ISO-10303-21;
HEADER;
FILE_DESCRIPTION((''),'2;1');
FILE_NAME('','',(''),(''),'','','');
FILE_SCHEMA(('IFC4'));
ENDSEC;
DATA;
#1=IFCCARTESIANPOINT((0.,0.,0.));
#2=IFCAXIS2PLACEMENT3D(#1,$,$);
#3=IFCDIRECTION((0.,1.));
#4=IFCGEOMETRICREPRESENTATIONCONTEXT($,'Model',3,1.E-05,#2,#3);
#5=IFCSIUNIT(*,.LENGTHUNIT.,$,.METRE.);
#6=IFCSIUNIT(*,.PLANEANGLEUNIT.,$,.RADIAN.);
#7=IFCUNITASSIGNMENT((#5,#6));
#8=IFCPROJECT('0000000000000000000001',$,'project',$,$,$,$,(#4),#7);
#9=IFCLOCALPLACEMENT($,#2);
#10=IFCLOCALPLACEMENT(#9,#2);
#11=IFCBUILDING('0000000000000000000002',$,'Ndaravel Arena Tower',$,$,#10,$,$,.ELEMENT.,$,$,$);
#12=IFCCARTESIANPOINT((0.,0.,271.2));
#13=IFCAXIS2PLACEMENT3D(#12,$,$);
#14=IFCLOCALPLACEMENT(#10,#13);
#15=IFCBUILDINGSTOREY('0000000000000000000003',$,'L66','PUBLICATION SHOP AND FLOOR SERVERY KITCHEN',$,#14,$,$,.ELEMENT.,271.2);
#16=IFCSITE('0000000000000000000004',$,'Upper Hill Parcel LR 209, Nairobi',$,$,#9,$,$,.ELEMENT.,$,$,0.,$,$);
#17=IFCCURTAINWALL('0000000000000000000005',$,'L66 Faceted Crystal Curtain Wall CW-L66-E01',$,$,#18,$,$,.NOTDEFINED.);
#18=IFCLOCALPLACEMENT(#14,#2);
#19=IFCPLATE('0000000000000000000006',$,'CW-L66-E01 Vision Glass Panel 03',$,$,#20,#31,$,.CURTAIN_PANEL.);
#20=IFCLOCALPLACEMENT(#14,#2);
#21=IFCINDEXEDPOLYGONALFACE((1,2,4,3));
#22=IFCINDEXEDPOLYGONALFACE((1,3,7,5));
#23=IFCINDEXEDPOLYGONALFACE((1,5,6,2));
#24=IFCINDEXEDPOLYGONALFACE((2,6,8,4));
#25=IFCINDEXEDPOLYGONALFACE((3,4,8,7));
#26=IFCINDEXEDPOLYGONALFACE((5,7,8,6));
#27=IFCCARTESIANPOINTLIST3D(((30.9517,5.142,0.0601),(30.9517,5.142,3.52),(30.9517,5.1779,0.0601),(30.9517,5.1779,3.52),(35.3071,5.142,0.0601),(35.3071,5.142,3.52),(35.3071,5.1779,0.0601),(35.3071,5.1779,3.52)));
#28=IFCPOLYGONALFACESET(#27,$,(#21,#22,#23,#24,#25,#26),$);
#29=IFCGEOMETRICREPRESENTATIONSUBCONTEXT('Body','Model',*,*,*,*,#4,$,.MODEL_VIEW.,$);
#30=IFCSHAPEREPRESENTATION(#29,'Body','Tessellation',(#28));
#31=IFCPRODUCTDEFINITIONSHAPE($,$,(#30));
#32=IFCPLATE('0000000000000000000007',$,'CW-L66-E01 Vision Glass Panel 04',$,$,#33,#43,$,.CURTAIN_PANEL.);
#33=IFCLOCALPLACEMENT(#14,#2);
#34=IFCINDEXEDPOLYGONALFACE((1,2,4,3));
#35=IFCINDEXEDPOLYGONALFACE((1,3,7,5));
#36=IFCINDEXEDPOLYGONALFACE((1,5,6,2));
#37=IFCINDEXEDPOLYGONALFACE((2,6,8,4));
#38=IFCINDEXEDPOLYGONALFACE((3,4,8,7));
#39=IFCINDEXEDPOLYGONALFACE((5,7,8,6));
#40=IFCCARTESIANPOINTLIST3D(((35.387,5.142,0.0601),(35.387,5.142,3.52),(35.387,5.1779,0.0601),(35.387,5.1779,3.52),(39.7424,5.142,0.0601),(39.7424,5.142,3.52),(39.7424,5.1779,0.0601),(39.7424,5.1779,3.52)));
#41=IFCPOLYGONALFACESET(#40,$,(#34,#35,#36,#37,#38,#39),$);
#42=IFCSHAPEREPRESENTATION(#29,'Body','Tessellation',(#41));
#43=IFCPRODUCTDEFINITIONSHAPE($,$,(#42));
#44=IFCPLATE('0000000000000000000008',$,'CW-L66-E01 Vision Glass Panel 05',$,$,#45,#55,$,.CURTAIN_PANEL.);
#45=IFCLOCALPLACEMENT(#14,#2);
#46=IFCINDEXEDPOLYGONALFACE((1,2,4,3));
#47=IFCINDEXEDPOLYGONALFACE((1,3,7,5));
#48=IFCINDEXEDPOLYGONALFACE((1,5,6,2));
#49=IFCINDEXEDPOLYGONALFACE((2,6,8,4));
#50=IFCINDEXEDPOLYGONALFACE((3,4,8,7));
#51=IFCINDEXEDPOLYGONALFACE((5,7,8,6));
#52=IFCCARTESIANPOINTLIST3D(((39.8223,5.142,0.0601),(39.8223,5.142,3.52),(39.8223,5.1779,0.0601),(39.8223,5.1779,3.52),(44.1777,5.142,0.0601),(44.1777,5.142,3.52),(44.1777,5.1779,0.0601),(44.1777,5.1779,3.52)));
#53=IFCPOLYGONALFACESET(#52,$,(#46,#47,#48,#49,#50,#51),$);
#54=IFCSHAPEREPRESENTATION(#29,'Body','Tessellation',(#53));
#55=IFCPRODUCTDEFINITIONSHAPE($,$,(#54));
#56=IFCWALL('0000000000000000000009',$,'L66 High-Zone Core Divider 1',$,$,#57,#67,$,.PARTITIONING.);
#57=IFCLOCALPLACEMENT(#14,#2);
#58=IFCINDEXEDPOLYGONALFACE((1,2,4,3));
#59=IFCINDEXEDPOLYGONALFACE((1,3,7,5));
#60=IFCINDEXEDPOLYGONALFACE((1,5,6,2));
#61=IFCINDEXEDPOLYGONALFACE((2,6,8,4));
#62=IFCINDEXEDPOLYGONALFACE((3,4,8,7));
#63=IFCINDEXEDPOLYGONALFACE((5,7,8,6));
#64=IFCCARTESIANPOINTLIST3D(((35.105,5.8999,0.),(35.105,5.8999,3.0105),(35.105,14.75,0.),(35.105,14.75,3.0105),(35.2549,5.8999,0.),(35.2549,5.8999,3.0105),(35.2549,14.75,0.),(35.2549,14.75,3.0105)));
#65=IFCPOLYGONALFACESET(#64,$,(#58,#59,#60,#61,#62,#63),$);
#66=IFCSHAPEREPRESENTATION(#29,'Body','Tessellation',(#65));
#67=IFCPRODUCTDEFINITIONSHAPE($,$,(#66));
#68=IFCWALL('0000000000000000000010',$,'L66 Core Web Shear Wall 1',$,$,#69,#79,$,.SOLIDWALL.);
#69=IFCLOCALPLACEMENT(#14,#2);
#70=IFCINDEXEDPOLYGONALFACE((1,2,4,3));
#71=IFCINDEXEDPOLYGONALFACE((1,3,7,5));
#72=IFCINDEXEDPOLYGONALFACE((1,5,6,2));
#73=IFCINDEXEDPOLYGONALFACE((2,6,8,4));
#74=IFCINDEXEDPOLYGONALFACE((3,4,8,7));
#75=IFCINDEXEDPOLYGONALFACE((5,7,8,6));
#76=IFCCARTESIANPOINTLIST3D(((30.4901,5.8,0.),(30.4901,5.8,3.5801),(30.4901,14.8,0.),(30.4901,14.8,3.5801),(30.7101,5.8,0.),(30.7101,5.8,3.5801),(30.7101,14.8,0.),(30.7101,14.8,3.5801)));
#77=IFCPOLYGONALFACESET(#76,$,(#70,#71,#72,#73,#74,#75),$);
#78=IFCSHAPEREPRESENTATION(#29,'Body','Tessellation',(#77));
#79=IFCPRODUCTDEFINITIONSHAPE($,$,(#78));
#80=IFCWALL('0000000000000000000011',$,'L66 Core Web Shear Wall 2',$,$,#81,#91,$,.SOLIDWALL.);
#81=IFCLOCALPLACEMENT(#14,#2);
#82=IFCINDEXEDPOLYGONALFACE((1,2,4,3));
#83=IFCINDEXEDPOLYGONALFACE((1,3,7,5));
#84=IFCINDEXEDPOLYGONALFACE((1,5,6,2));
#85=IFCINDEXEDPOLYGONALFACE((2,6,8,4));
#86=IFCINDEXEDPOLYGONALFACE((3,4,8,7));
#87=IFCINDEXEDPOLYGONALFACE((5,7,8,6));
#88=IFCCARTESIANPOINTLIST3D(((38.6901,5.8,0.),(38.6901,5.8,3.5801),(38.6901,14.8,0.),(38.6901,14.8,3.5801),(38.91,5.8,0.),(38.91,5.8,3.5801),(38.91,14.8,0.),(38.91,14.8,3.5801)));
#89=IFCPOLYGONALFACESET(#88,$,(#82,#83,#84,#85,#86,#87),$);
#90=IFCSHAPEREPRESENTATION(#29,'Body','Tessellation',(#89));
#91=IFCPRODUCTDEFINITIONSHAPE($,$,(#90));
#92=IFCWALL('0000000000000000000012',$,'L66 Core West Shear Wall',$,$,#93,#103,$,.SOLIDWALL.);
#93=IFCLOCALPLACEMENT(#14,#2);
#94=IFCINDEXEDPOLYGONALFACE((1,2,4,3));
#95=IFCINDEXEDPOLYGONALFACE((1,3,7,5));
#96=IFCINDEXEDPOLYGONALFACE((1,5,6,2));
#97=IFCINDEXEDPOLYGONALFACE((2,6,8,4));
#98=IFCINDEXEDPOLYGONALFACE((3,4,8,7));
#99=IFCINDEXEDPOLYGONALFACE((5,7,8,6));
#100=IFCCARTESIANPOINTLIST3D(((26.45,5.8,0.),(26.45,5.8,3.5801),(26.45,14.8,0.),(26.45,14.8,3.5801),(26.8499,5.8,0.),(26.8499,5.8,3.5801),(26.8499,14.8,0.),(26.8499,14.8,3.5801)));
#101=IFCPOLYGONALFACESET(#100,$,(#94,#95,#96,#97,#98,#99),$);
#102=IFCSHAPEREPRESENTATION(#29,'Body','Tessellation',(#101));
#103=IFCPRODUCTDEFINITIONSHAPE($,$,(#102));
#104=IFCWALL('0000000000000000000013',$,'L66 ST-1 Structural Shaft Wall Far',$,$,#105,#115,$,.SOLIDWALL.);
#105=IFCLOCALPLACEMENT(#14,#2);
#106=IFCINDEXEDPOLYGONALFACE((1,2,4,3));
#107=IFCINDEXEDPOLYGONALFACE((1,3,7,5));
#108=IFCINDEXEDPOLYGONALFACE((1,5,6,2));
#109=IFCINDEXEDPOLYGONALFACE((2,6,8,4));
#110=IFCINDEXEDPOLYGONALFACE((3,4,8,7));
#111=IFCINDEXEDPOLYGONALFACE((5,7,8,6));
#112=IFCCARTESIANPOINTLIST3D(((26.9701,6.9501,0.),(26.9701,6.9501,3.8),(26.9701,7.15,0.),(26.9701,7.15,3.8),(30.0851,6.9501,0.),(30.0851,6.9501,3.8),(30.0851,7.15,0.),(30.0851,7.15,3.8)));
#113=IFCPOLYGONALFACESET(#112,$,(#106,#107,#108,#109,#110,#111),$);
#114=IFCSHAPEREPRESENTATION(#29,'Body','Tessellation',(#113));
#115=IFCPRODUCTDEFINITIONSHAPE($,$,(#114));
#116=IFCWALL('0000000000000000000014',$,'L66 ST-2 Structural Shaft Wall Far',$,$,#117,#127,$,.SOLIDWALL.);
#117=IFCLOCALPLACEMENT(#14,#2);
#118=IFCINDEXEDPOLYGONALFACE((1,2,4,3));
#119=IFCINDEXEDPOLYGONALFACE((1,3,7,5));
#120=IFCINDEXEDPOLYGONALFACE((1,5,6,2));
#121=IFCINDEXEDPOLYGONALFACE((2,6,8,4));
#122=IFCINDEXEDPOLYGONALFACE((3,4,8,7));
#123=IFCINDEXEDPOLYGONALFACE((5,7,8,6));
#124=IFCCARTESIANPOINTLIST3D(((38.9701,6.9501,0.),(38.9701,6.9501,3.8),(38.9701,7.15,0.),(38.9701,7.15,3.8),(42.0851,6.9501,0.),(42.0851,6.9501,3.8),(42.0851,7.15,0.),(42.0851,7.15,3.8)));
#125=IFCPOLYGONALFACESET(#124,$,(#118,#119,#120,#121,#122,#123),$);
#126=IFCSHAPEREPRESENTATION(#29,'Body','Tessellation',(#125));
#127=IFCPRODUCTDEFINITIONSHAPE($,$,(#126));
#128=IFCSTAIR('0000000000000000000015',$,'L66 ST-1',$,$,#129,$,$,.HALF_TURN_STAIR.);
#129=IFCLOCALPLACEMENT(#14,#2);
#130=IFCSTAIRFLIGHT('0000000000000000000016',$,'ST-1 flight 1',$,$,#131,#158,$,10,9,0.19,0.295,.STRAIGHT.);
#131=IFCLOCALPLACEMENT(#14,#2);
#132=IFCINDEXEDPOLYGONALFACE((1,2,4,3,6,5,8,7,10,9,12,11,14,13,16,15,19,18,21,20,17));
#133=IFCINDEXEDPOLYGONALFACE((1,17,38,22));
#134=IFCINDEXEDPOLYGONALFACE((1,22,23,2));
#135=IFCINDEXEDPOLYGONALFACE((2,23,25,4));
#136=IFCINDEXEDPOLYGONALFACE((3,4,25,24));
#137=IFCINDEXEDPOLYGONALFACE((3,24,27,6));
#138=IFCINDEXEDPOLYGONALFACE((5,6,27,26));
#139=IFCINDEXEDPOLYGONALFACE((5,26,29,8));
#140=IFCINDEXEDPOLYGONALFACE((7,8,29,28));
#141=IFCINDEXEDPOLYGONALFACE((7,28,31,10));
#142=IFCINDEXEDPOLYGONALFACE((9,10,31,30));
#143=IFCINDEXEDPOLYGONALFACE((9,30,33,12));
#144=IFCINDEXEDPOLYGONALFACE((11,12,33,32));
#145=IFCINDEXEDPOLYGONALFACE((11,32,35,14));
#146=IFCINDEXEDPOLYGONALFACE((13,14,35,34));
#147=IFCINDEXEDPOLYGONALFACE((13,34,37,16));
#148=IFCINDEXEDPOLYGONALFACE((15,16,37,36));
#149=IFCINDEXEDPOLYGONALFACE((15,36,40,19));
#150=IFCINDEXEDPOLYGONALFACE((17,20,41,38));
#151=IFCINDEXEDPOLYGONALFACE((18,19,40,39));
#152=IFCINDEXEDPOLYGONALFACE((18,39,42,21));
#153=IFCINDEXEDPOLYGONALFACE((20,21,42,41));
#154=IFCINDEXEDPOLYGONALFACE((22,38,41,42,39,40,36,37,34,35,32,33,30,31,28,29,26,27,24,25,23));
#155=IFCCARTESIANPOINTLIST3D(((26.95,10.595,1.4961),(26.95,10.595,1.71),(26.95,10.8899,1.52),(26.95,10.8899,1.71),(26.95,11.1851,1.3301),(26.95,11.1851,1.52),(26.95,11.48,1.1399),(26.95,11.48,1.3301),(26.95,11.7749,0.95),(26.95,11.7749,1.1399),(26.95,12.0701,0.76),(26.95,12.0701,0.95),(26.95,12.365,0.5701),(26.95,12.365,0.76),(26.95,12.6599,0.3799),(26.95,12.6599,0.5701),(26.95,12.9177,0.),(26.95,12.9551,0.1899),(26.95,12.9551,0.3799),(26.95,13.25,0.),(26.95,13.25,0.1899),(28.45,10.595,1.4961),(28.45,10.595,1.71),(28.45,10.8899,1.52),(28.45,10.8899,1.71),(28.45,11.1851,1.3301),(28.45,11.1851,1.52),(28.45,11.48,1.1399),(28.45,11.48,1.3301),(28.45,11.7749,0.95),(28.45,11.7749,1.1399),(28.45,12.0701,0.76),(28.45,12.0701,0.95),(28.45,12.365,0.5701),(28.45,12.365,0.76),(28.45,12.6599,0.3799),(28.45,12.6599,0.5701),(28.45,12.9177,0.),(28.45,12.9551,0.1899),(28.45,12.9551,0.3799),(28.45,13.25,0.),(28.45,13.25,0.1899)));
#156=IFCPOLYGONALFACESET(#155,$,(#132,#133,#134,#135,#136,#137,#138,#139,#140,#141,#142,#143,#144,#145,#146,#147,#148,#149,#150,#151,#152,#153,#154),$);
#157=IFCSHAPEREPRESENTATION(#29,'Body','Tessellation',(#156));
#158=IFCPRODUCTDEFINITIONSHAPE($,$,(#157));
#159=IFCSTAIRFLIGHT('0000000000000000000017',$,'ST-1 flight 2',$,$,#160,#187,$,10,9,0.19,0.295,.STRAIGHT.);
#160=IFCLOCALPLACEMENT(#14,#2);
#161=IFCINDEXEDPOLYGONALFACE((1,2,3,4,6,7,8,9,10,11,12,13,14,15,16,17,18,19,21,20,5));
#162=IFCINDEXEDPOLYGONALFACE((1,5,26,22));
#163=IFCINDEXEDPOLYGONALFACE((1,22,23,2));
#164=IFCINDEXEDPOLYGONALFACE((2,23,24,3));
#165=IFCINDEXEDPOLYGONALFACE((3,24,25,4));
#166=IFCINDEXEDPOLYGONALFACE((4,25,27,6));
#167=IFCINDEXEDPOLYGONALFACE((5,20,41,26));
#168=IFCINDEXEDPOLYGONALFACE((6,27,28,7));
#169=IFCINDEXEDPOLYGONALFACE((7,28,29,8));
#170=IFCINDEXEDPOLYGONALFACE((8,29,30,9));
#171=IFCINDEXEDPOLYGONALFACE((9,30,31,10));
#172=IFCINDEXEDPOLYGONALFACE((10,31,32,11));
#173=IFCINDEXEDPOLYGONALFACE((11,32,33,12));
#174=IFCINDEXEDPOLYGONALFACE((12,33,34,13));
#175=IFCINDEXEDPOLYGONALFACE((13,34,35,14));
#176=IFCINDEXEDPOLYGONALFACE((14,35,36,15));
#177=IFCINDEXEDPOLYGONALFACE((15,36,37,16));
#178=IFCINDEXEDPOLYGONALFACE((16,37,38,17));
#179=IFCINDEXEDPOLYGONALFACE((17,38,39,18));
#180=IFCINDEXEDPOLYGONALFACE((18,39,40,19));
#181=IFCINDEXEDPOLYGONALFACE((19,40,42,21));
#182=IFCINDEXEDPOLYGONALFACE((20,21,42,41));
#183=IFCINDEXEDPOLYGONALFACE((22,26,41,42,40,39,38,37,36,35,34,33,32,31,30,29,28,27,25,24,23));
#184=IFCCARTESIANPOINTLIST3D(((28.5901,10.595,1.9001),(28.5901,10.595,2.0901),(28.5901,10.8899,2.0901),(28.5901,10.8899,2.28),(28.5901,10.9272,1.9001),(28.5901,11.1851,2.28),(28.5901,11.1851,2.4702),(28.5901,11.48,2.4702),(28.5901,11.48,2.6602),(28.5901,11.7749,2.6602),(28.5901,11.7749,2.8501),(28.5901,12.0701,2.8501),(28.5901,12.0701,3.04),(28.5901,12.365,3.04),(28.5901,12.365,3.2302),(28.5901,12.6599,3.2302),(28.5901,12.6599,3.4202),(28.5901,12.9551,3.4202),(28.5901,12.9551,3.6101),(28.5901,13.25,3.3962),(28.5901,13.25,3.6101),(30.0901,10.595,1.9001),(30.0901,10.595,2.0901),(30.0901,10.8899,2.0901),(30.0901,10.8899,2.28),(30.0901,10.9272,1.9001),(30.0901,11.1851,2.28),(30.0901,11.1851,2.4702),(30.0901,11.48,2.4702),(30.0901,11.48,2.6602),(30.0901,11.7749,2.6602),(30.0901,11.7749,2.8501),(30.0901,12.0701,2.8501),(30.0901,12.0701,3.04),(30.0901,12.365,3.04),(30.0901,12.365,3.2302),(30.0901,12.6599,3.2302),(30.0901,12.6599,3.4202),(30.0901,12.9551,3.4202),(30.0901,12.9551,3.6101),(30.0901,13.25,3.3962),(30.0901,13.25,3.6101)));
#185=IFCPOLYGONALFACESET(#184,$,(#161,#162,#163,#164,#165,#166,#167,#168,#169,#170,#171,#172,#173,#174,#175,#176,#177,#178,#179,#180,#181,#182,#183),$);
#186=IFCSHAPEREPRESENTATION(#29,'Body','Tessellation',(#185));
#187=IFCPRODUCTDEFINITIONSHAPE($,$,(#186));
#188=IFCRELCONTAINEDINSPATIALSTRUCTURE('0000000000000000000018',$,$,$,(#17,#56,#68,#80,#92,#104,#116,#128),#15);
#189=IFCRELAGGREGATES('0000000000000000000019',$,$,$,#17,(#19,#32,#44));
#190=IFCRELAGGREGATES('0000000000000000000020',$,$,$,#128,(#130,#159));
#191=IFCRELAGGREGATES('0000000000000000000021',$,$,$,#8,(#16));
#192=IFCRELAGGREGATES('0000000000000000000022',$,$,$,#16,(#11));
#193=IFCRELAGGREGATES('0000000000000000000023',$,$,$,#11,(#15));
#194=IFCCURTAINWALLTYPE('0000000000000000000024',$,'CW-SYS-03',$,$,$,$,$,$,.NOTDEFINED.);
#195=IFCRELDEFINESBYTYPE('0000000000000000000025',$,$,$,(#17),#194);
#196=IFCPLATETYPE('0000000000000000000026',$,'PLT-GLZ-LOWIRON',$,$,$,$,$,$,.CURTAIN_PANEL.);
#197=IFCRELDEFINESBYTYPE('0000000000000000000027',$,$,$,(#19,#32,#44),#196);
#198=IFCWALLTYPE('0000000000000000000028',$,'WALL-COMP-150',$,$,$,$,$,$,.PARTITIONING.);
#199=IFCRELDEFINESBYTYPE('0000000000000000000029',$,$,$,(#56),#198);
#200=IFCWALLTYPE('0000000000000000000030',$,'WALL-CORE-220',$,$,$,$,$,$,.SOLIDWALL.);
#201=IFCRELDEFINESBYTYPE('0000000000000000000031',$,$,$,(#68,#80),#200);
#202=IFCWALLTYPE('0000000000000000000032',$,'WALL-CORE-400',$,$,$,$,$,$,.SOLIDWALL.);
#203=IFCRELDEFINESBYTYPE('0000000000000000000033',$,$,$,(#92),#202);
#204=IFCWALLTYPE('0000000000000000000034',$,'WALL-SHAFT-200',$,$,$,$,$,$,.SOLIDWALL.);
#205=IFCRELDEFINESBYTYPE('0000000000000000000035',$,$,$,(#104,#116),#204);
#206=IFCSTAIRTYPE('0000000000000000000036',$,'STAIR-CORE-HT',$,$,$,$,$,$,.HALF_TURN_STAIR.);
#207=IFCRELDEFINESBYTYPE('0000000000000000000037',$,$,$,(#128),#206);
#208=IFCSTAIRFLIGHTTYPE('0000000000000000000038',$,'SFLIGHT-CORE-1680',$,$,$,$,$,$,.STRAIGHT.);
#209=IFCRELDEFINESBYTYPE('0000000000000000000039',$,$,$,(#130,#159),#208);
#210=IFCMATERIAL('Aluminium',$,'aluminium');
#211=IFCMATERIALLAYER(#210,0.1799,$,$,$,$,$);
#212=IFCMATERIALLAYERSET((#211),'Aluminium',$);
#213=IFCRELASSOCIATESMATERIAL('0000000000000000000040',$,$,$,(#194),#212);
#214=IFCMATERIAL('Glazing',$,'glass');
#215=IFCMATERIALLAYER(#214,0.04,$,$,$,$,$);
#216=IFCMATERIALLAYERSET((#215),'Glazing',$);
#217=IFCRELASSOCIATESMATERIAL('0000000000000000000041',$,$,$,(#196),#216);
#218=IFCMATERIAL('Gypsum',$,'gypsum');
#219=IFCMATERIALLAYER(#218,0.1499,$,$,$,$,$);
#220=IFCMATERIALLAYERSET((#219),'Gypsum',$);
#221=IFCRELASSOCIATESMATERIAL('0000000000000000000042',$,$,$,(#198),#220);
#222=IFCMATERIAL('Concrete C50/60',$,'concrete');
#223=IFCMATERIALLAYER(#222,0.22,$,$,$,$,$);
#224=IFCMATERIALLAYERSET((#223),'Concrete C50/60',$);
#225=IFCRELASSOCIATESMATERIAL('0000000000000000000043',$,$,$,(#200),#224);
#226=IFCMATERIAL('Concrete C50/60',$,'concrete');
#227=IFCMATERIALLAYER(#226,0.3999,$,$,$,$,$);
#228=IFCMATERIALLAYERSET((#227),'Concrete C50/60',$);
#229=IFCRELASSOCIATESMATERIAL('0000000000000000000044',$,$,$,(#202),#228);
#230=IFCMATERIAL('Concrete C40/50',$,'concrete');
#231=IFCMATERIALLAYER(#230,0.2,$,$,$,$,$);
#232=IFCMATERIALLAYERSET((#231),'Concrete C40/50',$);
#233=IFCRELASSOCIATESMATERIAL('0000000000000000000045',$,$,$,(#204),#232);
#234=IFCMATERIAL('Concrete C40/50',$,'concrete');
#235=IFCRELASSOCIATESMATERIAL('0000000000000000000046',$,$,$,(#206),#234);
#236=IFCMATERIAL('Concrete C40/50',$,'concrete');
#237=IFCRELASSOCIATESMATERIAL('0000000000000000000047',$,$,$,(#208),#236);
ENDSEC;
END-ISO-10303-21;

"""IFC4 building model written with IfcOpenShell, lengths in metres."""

from ifc_helpers import new_model, si_unit, direction, frame, frame_2d, origin, origin_2d, place, context, subcontext, project, spatial, polyline, rectangle, outline, extrude, material, layer, layer_set, type_object, element, aggregate, save


model = new_model("IFC4")

# Units and contexts
model_context = context("Model", 3, precision=1e-05, world=origin(), true_north=direction((0.0, 1.0)))
body_context = subcontext(model_context, "Body", "Model", "MODEL_VIEW")
ifc_project = project(units=[si_unit("LENGTHUNIT", "METRE"), si_unit("PLANEANGLEUNIT", "RADIAN")], contexts=[model_context])

# Site, building, storey
site_placement = place(None, origin())
site = spatial("IfcSite", under=ifc_project, at=site_placement, Name="Upper Hill Parcel LR 209, Nairobi", CompositionType="ELEMENT", RefElevation=0.0)
building_placement = place(site_placement, origin())
building = spatial("IfcBuilding", under=site, at=building_placement, Name="Ndaravel Arena Tower", CompositionType="ELEMENT")
storey_placement = place(building_placement, frame((0.0, 0.0, 271.2)))
storey = spatial("IfcBuildingStorey", under=building, at=storey_placement, Name="L66", Description="PUBLICATION SHOP AND FLOOR SERVERY KITCHEN", CompositionType="ELEMENT", Elevation=271.2)

# Curtain wall, plates
ifc_material_1 = material(Name="Aluminium", Category="aluminium")
ifc_layer_1 = layer(ifc_material_1, 0.1799)
ifc_layer_set_1 = layer_set([ifc_layer_1], Name="Aluminium")
curtain_wall_type = type_object("IfcCurtainWallType", Name="CW-SYS-03", PredefinedType="NOTDEFINED", material=ifc_layer_set_1)
curtain_wall_placement = place(storey_placement, origin())
curtain_wall = element("IfcCurtainWall", 1, at=curtain_wall_placement, inside=storey, type_object=curtain_wall_type, Name="L66 Faceted Crystal Curtain Wall CW-L66-E01", PredefinedType="NOTDEFINED")
ifc_material_2 = material(Name="Glazing", Category="glass")
ifc_layer_2 = layer(ifc_material_2, 0.04)
ifc_layer_set_2 = layer_set([ifc_layer_2], Name="Glazing")
plate_type = type_object("IfcPlateType", Name="PLT-GLZ-LOWIRON", PredefinedType="CURTAIN_PANEL", material=ifc_layer_set_2)
plate_1_placement = place(storey_placement, frame((33.1294, 5.1599, 0.0601), z_axis=(0.0, 0.0, 1.0), x_axis=(1.0, 0.0, 0.0)))
plate_1 = element("IfcPlate", 2, at=plate_1_placement, type_object=plate_type, Name="CW-L66-E01 Vision Glass Panel 03", PredefinedType="CURTAIN_PANEL", context=body_context, shape_type="SweptSolid", body=[
    extrude(rectangle(XDim=4.3555, YDim=0.0359, at=origin_2d()), origin(), (0.0, 0.0, 1.0), 3.46),
])
plate_2_placement = place(storey_placement, frame((37.5647, 5.1599, 0.0601), z_axis=(0.0, 0.0, 1.0), x_axis=(1.0, 0.0, 0.0)))
plate_2 = element("IfcPlate", 3, at=plate_2_placement, type_object=plate_type, Name="CW-L66-E01 Vision Glass Panel 04", PredefinedType="CURTAIN_PANEL", context=body_context, shape_type="SweptSolid", body=[
    extrude(rectangle(XDim=4.3555, YDim=0.0359, at=origin_2d()), origin(), (0.0, 0.0, 1.0), 3.46),
])
plate_3_placement = place(storey_placement, frame((42.0, 5.1599, 0.0601), z_axis=(0.0, 0.0, 1.0), x_axis=(1.0, 0.0, 0.0)))
plate_3 = element("IfcPlate", 4, at=plate_3_placement, type_object=plate_type, Name="CW-L66-E01 Vision Glass Panel 05", PredefinedType="CURTAIN_PANEL", context=body_context, shape_type="SweptSolid", body=[
    extrude(rectangle(XDim=4.3555, YDim=0.0359, at=origin_2d()), origin(), (0.0, 0.0, 1.0), 3.46),
])
aggregate(curtain_wall, [plate_1, plate_2, plate_3])

# Walls
ifc_material_3 = material(Name="Gypsum", Category="gypsum")
ifc_layer_3 = layer(ifc_material_3, 0.1499)
ifc_layer_set_3 = layer_set([ifc_layer_3], Name="Gypsum")
wall_type_1 = type_object("IfcWallType", Name="WALL-COMP-150", PredefinedType="PARTITIONING", material=ifc_layer_set_3)
wall_1_placement = place(storey_placement, frame((35.1799, 5.8999, 0.0), z_axis=(0.0, 0.0, 1.0), x_axis=(0.0, 1.0, 0.0)))
element("IfcWall", 5, at=wall_1_placement, inside=storey, type_object=wall_type_1, Name="L66 High-Zone Core Divider 1", PredefinedType="PARTITIONING", context=body_context, shape_type="SweptSolid", body=[
    extrude(rectangle(XDim=8.8501, YDim=0.1499, at=frame_2d((4.425, 0.0))), origin(), (0.0, 0.0, 1.0), 3.0105),
])
ifc_material_4 = material(Name="Concrete C50/60", Category="concrete")
ifc_layer_4 = layer(ifc_material_4, 0.22)
ifc_layer_set_4 = layer_set([ifc_layer_4], Name="Concrete C50/60")
wall_type_2 = type_object("IfcWallType", Name="WALL-CORE-220", PredefinedType="SOLIDWALL", material=ifc_layer_set_4)
for number, where, z_axis, x_axis, name in (
    (6, (30.6001, 5.8, 0.0), (0.0, 0.0, 1.0), (0.0, 1.0, 0.0), "L66 Core Web Shear Wall 1"),
    (7, (38.8, 5.8, 0.0), (0.0, 0.0, 1.0), (0.0, 1.0, 0.0), "L66 Core Web Shear Wall 2"),
):
    element("IfcWall", number, at=place(storey_placement, frame(where, z_axis=z_axis, x_axis=x_axis)), inside=storey, type_object=wall_type_2, Name=name, PredefinedType="SOLIDWALL", context=body_context, shape_type="SweptSolid", body=[
        extrude(rectangle(XDim=9.0, YDim=0.22, at=frame_2d((4.5, 0.0))), origin(), (0.0, 0.0, 1.0), 3.5801),
    ])
ifc_material_5 = material(Name="Concrete C50/60", Category="concrete")
ifc_layer_5 = layer(ifc_material_5, 0.3999)
ifc_layer_set_5 = layer_set([ifc_layer_5], Name="Concrete C50/60")
wall_type_3 = type_object("IfcWallType", Name="WALL-CORE-400", PredefinedType="SOLIDWALL", material=ifc_layer_set_5)
wall_2_placement = place(storey_placement, frame((26.6499, 5.8, 0.0), z_axis=(0.0, 0.0, 1.0), x_axis=(0.0, 1.0, 0.0)))
element("IfcWall", 8, at=wall_2_placement, inside=storey, type_object=wall_type_3, Name="L66 Core West Shear Wall", PredefinedType="SOLIDWALL", context=body_context, shape_type="SweptSolid", body=[
    extrude(rectangle(XDim=9.0, YDim=0.3999, at=frame_2d((4.5, 0.0))), origin(), (0.0, 0.0, 1.0), 3.5801),
])
ifc_material_6 = material(Name="Concrete C40/50", Category="concrete")
ifc_layer_6 = layer(ifc_material_6, 0.2)
ifc_layer_set_6 = layer_set([ifc_layer_6], Name="Concrete C40/50")
wall_type_4 = type_object("IfcWallType", Name="WALL-SHAFT-200", PredefinedType="SOLIDWALL", material=ifc_layer_set_6)
for number, where, z_axis, x_axis, name in (
    (9, (26.97, 7.05, 0.0), (0.0, 0.0, 1.0), (1.0, 0.0, 0.0), "L66 ST-1 Structural Shaft Wall Far"),
    (10, (38.97, 7.05, 0.0), (0.0, 0.0, 1.0), (1.0, 0.0, 0.0), "L66 ST-2 Structural Shaft Wall Far"),
):
    element("IfcWall", number, at=place(storey_placement, frame(where, z_axis=z_axis, x_axis=x_axis)), inside=storey, type_object=wall_type_4, Name=name, PredefinedType="SOLIDWALL", context=body_context, shape_type="SweptSolid", body=[
        extrude(rectangle(XDim=3.115, YDim=0.2, at=frame_2d((1.5576, 0.0))), origin(), (0.0, 0.0, 1.0), 3.8),
    ])

# Stair, stair flights
ifc_material_7 = material(Name="Concrete C40/50", Category="concrete")
stair_type = type_object("IfcStairType", Name="STAIR-CORE-HT", PredefinedType="HALF_TURN_STAIR", material=ifc_material_7)
stair_1_placement = place(storey_placement, origin())
stair_1 = element("IfcStair", 11, at=stair_1_placement, inside=storey, type_object=stair_type, Name="L66 ST-1", PredefinedType="HALF_TURN_STAIR")
ifc_material_8 = material(Name="Concrete C40/50", Category="concrete")
stair_flight_type = type_object("IfcStairFlightType", Name="SFLIGHT-CORE-1680", PredefinedType="STRAIGHT", material=ifc_material_8)
stair_flight_1_placement = place(storey_placement, frame((27.7, 13.25, 0.0), z_axis=(0.0, 0.0, 1.0), x_axis=(0.0, -1.0, 0.0)))
stair_flight_1 = element("IfcStairFlight", 12, at=stair_flight_1_placement, type_object=stair_flight_type, Name="ST-1 flight 1", NumberOfRisers=10, NumberOfTreads=9, PredefinedType="STRAIGHT", RiserHeight=0.19, TreadLength=0.295, context=body_context, shape_type="SweptSolid", body=[
    extrude(outline(polyline([(0.0, 0.0), (0.0, 0.1899), (0.2949, 0.1899), (0.2949, 0.3799), (0.5901, 0.3799), (0.5901, 0.5701), (0.885, 0.5701), (0.885, 0.76), (1.1799, 0.76), (1.1799, 0.95), (1.4751, 0.95), (1.4751, 1.1399), (1.77, 1.1399), (1.77, 1.3301), (2.0649, 1.3301), (2.0649, 1.52), (2.3601, 1.52), (2.3601, 1.71), (2.655, 1.71), (2.655, 1.8999), (2.655, 1.4961), (0.3323, 0.0), (0.0, 0.0)])), frame((0.0, 0.75, 0.0), z_axis=(0.0, -1.0, 0.0), x_axis=(1.0, 0.0, 0.0)), (0.0, 0.0, 1.0), 1.5),
])
stair_flight_2_placement = place(storey_placement, frame((29.3401, 10.595, 1.9001), z_axis=(0.0, 0.0, 1.0), x_axis=(0.0, 1.0, 0.0)))
stair_flight_2 = element("IfcStairFlight", 13, at=stair_flight_2_placement, type_object=stair_flight_type, Name="ST-1 flight 2", NumberOfRisers=10, NumberOfTreads=9, PredefinedType="STRAIGHT", RiserHeight=0.19, TreadLength=0.295, context=body_context, shape_type="SweptSolid", body=[
    extrude(outline(polyline([(0.0, 0.0), (0.0, 0.1899), (0.2949, 0.1899), (0.2949, 0.3799), (0.5901, 0.3799), (0.5901, 0.5701), (0.885, 0.5701), (0.885, 0.76), (1.1799, 0.76), (1.1799, 0.95), (1.4751, 0.95), (1.4751, 1.1399), (1.77, 1.1399), (1.77, 1.3301), (2.0649, 1.3301), (2.0649, 1.52), (2.3601, 1.52), (2.3601, 1.71), (2.655, 1.71), (2.655, 1.8999), (2.655, 1.4961), (0.3323, 0.0), (0.0, 0.0)])), frame((0.0, 0.75, 0.0), z_axis=(0.0, -1.0, 0.0), x_axis=(1.0, 0.0, 0.0)), (0.0, 0.0, 1.0), 1.5),
])
aggregate(stair_1, [stair_flight_1, stair_flight_2])

save(model, "model.ifc")
